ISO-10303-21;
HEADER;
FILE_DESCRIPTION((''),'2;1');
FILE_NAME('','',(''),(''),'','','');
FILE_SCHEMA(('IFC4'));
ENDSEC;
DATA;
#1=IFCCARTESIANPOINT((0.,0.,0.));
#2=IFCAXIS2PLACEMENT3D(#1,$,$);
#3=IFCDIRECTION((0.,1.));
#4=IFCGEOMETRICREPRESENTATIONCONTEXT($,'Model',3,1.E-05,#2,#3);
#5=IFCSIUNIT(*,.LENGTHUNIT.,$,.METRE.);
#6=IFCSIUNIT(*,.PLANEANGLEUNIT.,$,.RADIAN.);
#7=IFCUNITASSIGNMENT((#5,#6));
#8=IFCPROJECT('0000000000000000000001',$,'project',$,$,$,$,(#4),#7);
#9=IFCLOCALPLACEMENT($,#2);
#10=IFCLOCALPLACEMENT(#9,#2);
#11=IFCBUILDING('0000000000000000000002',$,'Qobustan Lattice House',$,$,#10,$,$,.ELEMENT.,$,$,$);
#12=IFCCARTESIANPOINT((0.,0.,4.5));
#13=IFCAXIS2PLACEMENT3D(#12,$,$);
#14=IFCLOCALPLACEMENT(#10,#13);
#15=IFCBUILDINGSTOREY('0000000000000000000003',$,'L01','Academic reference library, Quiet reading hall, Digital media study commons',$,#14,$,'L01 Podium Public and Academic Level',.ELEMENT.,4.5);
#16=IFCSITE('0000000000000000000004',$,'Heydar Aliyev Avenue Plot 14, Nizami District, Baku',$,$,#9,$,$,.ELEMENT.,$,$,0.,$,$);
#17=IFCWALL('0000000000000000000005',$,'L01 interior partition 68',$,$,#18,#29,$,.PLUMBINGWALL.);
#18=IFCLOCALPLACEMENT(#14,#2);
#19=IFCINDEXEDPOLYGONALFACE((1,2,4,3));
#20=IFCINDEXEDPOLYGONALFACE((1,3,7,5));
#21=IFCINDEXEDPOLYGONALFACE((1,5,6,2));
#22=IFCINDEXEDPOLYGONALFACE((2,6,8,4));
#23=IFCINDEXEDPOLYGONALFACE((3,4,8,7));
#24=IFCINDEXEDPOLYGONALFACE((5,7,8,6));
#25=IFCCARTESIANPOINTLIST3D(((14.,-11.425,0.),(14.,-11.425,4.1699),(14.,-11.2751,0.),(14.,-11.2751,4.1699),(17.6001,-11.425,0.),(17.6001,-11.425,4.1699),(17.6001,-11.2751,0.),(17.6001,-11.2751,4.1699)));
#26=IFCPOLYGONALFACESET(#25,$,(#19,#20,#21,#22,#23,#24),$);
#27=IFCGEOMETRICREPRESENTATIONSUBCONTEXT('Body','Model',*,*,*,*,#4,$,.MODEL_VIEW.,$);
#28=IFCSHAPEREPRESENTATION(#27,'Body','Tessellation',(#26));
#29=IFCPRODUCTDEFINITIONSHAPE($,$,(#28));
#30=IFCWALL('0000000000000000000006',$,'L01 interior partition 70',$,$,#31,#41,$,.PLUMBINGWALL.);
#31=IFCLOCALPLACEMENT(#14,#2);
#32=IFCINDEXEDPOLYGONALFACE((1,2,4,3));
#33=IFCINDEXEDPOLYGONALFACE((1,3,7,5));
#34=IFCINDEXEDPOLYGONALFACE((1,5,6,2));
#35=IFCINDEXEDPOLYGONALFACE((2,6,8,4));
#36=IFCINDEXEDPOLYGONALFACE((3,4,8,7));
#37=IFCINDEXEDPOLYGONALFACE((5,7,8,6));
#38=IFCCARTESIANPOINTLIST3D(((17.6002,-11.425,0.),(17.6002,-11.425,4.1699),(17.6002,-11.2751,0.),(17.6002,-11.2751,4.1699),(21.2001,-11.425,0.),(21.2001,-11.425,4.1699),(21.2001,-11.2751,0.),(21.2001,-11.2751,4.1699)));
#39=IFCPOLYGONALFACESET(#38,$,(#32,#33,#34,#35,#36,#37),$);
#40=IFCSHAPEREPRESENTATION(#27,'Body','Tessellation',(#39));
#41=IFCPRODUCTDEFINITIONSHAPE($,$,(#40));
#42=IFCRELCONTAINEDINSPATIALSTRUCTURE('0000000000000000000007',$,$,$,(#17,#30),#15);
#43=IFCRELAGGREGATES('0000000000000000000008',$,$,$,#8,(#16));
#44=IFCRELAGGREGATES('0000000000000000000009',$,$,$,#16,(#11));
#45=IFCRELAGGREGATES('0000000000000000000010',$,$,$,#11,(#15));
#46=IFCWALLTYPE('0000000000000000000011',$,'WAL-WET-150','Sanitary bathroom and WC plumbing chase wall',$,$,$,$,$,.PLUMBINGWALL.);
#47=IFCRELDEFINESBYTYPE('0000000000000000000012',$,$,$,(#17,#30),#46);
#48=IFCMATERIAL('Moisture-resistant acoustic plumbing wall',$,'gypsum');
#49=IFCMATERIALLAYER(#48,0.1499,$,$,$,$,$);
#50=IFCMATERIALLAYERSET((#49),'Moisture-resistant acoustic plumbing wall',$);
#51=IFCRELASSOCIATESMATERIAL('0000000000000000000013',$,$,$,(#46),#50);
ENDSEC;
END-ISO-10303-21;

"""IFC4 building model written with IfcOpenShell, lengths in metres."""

from ifc_helpers import new_model, si_unit, direction, frame, frame_2d, origin, place, context, subcontext, project, spatial, rectangle, extrude, material, layer, layer_set, type_object, element, save


model = new_model("IFC4")

# Units and contexts
model_context = context("Model", 3, precision=1e-05, world=origin(), true_north=direction((0.0, 1.0)))
body_context = subcontext(model_context, "Body", "Model", "MODEL_VIEW")
ifc_project = project(units=[si_unit("LENGTHUNIT", "METRE"), si_unit("PLANEANGLEUNIT", "RADIAN")], contexts=[model_context])

# Site, building, storey
site_placement = place(None, origin())
site = spatial("IfcSite", under=ifc_project, at=site_placement, Name="Heydar Aliyev Avenue Plot 14, Nizami District, Baku", CompositionType="ELEMENT", RefElevation=0.0)
building_placement = place(site_placement, origin())
building = spatial("IfcBuilding", under=site, at=building_placement, Name="Qobustan Lattice House", CompositionType="ELEMENT")
storey_placement = place(building_placement, frame((0.0, 0.0, 4.5)))
storey = spatial("IfcBuildingStorey", under=building, at=storey_placement, Name="L01", Description="Academic reference library, Quiet reading hall, Digital media study commons", LongName="L01 Podium Public and Academic Level", CompositionType="ELEMENT", Elevation=4.5)

# Shared definitions
ifc_material_1 = material(Name="Moisture-resistant acoustic plumbing wall", Category="gypsum")
ifc_layer_1 = layer(ifc_material_1, 0.1499)
ifc_layer_set_1 = layer_set([ifc_layer_1], Name="Moisture-resistant acoustic plumbing wall")
wall_type_1 = type_object("IfcWallType", Name="WAL-WET-150", Description="Sanitary bathroom and WC plumbing chase wall", PredefinedType="PLUMBINGWALL", material=ifc_layer_set_1)

# Walls
for number, where, z_axis, x_axis, name in (
    (1, (17.6001, -11.3501, 0.0), (0.0, 0.0, 1.0), (-1.0, 0.0, 0.0), "L01 interior partition 68"),
):
    element("IfcWall", number, at=place(storey_placement, frame(where, z_axis=z_axis, x_axis=x_axis)), inside=storey, type_object=wall_type_1, Name=name, PredefinedType="PLUMBINGWALL", context=body_context, shape_type="SweptSolid", body=[
        extrude(rectangle(XDim=3.6001, YDim=0.1499, at=frame_2d((1.8, 0.0))), origin(), (0.0, 0.0, 1.0), 4.1699),
    ])
wall_1_placement = place(storey_placement, frame((21.2, -11.3501, 0.0), z_axis=(0.0, 0.0, 1.0), x_axis=(-1.0, 0.0, 0.0)))
element("IfcWall", 2, at=wall_1_placement, inside=storey, type_object=wall_type_1, Name="L01 interior partition 70", PredefinedType="PLUMBINGWALL", context=body_context, shape_type="SweptSolid", body=[
    extrude(rectangle(XDim=3.5999, YDim=0.1499, at=frame_2d((1.7998, 0.0))), origin(), (0.0, 0.0, 1.0), 4.1699),
])

save(model, "model.ifc")
